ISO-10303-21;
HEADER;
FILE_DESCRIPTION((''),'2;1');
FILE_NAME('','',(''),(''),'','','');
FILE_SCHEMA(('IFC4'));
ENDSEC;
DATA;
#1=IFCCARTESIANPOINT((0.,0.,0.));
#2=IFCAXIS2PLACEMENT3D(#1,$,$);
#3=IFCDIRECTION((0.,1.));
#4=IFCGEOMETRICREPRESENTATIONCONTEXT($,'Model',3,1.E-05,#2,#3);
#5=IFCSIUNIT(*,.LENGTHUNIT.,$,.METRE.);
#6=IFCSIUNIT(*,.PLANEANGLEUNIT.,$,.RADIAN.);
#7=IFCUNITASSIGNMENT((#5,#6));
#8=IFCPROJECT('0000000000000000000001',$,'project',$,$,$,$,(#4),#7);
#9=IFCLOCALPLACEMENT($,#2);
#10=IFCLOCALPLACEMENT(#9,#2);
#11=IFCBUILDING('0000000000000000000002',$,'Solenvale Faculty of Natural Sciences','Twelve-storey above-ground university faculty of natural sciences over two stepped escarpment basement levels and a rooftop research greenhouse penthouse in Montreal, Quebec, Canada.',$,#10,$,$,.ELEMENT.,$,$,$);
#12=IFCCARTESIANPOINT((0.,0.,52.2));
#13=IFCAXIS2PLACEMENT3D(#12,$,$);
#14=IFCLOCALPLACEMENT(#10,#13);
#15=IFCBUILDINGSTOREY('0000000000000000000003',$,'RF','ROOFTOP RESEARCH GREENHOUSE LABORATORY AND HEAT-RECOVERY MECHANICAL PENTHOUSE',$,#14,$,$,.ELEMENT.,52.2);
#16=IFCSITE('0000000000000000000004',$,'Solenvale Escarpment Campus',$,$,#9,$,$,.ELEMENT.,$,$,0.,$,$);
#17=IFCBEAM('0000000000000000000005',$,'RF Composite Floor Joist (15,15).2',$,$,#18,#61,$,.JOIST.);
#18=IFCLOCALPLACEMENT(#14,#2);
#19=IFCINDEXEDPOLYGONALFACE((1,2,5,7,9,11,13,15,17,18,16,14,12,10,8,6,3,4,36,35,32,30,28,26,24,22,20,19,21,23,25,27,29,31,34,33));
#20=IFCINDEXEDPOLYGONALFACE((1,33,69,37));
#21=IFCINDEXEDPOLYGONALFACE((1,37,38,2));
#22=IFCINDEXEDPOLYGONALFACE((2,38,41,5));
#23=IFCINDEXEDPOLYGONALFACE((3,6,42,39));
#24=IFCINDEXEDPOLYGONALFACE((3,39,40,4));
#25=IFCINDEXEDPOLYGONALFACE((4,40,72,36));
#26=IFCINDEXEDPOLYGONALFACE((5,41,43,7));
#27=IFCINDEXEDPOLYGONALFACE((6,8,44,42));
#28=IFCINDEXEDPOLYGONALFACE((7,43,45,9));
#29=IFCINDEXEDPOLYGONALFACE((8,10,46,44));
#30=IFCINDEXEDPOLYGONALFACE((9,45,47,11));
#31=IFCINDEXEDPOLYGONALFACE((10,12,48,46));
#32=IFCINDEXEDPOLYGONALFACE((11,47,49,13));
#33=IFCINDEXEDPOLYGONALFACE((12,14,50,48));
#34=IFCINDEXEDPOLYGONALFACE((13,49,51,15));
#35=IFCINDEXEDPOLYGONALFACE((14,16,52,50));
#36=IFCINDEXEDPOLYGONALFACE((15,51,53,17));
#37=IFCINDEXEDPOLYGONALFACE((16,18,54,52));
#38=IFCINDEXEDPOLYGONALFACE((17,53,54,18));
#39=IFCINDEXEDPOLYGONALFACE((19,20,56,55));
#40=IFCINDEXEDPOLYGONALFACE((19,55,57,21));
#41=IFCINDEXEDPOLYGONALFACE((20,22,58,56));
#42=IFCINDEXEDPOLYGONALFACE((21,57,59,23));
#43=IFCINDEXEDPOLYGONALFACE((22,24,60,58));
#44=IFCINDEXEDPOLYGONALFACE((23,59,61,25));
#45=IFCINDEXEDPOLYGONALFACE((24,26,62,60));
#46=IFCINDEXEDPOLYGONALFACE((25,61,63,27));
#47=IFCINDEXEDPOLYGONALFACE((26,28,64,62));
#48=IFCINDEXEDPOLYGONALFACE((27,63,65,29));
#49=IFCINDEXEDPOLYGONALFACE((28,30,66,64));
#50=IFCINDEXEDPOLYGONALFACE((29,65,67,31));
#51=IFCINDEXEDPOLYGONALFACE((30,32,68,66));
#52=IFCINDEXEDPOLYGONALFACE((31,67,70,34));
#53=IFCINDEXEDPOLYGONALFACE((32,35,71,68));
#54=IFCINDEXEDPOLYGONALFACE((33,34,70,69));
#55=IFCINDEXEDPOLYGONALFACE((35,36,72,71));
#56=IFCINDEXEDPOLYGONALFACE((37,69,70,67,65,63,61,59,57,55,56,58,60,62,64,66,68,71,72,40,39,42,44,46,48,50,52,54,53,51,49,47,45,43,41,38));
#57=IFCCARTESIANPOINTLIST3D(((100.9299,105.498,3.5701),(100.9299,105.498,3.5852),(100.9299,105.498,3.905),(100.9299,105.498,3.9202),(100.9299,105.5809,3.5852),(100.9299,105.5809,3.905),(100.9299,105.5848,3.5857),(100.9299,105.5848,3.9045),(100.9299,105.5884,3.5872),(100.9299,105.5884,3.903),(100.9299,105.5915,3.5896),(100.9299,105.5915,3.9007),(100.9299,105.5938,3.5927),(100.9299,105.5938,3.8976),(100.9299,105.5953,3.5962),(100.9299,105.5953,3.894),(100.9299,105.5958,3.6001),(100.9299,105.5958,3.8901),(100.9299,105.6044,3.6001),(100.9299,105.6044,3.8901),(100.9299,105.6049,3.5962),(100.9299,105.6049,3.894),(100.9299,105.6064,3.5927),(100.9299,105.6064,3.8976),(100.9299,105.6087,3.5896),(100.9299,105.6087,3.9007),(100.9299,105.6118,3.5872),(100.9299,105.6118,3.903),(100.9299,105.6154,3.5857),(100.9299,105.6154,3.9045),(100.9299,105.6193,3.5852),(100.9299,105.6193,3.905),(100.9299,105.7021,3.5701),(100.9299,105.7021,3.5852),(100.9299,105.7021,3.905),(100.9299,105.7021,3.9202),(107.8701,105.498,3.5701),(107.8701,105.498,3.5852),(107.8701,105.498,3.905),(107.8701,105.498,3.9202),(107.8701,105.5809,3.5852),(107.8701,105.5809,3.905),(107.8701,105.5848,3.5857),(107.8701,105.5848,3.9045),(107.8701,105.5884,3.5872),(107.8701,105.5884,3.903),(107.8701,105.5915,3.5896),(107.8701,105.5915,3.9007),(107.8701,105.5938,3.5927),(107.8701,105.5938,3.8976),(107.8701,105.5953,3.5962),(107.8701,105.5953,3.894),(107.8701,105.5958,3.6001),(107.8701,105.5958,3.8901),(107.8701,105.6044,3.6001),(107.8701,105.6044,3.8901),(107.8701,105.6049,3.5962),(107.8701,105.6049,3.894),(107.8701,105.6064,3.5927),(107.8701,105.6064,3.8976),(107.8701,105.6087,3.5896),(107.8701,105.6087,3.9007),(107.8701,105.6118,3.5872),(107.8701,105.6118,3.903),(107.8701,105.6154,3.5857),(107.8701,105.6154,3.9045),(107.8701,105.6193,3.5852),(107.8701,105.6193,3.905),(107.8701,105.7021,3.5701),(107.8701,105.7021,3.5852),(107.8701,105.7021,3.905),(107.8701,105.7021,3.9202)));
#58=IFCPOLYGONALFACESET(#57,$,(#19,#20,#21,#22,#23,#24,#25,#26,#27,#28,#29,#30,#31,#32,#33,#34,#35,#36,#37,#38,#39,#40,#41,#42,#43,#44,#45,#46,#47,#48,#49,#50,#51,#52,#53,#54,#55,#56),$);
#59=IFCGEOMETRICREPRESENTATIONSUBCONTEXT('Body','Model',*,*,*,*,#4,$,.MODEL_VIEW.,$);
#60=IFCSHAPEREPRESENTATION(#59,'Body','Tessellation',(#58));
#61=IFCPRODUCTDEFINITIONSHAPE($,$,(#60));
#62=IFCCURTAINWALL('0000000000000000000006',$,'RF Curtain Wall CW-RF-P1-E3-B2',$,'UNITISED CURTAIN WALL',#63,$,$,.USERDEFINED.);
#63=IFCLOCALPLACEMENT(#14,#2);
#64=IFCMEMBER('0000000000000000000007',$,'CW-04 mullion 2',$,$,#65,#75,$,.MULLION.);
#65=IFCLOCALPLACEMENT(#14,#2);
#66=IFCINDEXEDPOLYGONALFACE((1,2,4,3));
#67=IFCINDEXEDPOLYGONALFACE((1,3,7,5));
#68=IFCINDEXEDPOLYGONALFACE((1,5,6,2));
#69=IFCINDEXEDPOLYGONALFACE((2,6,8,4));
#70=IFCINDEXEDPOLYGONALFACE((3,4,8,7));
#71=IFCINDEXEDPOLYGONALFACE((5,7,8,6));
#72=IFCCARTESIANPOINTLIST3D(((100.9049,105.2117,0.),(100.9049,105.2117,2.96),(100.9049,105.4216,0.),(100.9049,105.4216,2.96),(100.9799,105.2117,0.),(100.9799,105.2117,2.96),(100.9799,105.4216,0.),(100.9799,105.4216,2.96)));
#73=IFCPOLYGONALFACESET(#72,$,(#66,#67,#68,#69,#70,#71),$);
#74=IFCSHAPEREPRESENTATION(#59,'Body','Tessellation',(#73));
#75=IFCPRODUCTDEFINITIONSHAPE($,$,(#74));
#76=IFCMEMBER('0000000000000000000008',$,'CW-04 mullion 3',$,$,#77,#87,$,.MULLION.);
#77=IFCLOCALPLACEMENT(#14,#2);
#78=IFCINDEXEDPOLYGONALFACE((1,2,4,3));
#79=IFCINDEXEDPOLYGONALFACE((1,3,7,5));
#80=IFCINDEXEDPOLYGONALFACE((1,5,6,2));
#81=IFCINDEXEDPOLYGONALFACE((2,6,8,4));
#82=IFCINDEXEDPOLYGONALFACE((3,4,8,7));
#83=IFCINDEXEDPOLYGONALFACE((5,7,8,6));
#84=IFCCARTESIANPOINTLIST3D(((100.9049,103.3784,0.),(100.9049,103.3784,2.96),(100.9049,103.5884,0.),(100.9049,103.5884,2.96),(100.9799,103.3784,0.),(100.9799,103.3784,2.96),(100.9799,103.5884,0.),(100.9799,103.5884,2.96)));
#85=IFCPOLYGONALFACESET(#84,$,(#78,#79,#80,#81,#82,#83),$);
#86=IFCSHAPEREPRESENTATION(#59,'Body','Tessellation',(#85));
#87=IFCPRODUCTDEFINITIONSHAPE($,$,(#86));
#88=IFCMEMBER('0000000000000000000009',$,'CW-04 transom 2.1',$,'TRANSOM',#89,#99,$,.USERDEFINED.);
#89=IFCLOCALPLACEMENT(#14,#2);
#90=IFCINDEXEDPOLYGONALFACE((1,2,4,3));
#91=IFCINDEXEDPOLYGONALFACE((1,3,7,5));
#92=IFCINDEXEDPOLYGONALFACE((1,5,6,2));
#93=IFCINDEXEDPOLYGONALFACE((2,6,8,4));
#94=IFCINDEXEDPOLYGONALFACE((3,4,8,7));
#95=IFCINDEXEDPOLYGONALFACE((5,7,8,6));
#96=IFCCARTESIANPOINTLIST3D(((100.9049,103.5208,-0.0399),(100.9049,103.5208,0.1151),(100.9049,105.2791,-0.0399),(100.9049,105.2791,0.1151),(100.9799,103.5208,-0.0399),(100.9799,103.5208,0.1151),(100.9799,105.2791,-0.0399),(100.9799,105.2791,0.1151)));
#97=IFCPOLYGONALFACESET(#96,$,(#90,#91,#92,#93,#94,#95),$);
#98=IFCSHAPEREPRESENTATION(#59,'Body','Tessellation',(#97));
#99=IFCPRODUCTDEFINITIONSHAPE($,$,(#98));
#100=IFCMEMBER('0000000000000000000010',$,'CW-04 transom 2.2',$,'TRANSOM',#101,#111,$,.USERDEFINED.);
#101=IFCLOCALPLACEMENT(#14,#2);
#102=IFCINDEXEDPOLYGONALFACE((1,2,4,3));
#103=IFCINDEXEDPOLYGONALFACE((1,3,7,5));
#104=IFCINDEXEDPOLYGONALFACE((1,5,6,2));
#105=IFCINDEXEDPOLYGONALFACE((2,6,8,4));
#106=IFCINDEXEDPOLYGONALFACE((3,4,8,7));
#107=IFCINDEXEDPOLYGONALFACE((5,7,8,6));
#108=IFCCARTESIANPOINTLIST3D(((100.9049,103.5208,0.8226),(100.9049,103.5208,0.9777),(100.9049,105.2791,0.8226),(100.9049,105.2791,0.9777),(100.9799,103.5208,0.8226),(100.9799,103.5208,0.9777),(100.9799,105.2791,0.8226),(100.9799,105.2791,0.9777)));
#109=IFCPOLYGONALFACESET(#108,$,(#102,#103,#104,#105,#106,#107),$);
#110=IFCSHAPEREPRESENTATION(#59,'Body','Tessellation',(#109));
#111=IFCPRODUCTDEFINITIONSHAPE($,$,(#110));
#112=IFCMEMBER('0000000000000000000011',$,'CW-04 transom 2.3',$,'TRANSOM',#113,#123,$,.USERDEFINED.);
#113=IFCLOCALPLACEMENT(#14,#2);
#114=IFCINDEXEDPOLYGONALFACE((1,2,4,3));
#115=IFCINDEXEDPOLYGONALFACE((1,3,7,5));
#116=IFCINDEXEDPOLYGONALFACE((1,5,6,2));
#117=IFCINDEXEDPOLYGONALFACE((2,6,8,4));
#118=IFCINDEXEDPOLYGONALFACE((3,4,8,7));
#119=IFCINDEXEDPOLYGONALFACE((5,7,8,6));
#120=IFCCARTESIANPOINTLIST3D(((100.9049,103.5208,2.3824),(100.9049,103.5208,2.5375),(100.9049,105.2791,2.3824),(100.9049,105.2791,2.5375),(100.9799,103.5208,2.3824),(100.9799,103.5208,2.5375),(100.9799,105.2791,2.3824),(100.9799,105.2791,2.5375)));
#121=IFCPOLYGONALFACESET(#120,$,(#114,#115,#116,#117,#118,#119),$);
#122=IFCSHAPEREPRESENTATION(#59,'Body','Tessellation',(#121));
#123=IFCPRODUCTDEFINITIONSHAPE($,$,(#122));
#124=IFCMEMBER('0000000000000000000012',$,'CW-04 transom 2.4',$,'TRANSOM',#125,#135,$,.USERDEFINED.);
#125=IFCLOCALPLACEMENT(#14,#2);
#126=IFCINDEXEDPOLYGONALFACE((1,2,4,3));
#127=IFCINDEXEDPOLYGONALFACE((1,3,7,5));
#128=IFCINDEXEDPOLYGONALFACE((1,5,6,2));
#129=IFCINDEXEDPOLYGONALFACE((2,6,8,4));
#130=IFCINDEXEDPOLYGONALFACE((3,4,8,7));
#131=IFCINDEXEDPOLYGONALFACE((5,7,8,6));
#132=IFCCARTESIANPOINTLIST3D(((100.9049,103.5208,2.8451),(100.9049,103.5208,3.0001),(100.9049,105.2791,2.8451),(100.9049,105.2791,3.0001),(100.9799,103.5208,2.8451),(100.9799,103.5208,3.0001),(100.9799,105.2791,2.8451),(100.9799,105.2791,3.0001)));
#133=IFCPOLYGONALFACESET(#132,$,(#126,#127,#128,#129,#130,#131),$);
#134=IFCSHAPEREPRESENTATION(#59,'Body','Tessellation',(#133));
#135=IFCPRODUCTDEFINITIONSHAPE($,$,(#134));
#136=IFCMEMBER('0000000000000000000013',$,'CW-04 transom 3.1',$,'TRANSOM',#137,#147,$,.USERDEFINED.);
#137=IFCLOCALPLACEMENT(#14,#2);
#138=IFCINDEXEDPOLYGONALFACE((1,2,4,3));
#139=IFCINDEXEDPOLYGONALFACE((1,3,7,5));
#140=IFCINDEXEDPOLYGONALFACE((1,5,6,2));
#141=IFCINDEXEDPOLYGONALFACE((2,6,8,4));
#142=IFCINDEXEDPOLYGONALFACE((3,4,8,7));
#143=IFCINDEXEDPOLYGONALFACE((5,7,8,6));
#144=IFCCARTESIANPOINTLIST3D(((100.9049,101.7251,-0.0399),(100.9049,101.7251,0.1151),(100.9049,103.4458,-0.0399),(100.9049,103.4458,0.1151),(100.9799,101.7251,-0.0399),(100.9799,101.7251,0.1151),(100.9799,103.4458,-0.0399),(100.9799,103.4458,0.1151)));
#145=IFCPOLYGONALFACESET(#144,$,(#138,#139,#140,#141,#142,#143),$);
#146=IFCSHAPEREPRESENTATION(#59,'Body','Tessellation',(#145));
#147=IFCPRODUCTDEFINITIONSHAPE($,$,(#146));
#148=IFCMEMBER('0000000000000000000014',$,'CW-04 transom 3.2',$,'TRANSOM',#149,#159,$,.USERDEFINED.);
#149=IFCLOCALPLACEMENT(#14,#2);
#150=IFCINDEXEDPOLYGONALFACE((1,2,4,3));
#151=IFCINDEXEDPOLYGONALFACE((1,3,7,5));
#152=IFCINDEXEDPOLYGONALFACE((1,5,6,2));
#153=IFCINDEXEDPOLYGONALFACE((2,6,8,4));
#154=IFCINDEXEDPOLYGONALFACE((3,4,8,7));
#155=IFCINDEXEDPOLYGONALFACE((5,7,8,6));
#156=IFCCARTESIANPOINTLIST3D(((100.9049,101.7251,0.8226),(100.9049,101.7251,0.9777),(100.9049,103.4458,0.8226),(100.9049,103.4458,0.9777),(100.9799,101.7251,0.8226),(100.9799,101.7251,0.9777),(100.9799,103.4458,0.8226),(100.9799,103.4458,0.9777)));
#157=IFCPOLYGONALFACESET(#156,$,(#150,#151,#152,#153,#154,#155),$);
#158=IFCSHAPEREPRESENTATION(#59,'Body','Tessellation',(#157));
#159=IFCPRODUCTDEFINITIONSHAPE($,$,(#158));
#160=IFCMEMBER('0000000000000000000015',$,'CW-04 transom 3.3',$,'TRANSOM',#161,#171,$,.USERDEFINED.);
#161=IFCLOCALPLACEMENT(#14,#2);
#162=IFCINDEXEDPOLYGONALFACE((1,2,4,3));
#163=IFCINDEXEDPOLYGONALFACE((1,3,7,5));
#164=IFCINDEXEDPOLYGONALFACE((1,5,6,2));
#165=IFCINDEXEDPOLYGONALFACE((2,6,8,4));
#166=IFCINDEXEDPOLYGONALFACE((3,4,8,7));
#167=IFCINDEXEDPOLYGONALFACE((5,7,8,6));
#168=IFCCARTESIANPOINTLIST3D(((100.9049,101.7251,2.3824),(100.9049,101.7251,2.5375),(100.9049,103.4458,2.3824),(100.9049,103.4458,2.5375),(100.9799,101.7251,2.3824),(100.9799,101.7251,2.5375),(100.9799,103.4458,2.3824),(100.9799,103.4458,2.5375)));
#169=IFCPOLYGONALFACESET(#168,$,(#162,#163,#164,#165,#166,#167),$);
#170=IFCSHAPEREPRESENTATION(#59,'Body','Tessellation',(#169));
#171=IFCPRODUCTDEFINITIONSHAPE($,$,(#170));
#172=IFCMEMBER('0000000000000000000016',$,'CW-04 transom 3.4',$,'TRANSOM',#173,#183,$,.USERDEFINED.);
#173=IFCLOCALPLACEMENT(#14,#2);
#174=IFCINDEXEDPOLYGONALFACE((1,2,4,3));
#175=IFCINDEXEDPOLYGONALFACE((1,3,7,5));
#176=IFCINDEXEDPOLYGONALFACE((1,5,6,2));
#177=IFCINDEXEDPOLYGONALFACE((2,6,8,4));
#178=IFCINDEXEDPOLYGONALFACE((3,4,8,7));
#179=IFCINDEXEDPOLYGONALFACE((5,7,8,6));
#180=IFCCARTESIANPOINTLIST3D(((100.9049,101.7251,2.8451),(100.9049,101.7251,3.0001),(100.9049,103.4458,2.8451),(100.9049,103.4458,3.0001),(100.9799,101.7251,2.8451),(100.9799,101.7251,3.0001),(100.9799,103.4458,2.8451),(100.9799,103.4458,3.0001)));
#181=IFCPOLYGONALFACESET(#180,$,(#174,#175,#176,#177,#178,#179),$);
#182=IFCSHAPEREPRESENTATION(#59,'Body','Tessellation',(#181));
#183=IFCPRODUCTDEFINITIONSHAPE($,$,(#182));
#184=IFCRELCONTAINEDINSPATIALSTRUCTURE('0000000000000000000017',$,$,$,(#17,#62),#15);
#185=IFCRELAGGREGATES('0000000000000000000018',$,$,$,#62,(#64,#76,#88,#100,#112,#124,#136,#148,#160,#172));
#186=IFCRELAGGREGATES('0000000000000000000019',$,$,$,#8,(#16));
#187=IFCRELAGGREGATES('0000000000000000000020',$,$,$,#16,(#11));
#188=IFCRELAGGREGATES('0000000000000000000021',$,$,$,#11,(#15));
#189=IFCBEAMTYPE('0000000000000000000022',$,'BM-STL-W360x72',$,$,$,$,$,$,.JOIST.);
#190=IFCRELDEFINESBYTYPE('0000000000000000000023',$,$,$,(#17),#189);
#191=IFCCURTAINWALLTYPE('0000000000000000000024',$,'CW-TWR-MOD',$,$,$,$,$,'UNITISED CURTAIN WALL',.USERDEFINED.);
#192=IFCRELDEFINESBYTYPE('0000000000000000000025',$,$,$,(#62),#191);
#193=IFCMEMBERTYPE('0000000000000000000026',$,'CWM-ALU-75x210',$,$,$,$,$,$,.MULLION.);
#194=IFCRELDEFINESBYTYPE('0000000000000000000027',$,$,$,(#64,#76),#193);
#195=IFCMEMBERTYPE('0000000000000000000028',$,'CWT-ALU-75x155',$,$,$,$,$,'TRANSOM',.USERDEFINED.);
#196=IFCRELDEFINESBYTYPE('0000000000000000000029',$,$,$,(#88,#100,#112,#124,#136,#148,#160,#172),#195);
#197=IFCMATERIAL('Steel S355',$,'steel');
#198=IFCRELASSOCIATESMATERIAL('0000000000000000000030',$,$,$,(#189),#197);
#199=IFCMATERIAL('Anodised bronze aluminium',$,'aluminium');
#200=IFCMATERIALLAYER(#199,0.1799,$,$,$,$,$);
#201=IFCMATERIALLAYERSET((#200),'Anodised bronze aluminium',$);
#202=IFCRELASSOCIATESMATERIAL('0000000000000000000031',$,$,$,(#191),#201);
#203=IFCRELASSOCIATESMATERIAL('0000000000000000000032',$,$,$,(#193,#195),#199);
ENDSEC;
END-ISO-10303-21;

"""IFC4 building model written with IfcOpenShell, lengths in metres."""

from ifc_helpers import new_model, si_unit, direction, frame, origin, origin_2d, place, context, subcontext, project, spatial, rectangle, i_section, extrude, material, layer, layer_set, material_profile, profile_set, type_object, element, aggregate, save


model = new_model("IFC4")

# Units and contexts
model_context = context("Model", 3, precision=1e-05, world=origin(), true_north=direction((0.0, 1.0)))
body_context = subcontext(model_context, "Body", "Model", "MODEL_VIEW")
ifc_project = project(units=[si_unit("LENGTHUNIT", "METRE"), si_unit("PLANEANGLEUNIT", "RADIAN")], contexts=[model_context])

# Site, building, storey
site_placement = place(None, origin())
site = spatial("IfcSite", under=ifc_project, at=site_placement, Name="Solenvale Escarpment Campus", CompositionType="ELEMENT", RefElevation=0.0)
building_placement = place(site_placement, origin())
building = spatial("IfcBuilding", under=site, at=building_placement, Name="Solenvale Faculty of Natural Sciences", Description="Twelve-storey above-ground university faculty of natural sciences over two stepped escarpment basement levels and a rooftop research greenhouse penthouse in Montreal, Quebec, Canada.", CompositionType="ELEMENT")
storey_placement = place(building_placement, frame((0.0, 0.0, 52.2)))
storey = spatial("IfcBuildingStorey", under=building, at=storey_placement, Name="RF", Description="ROOFTOP RESEARCH GREENHOUSE LABORATORY AND HEAT-RECOVERY MECHANICAL PENTHOUSE", CompositionType="ELEMENT", Elevation=52.2)

# Beam
ifc_material_1 = material(Name="Steel S355", Category="steel")
ifc_material_profile_1 = material_profile(ifc_material_1, i_section(OverallWidth=0.2041, OverallDepth=0.3501, WebThickness=0.0085, FlangeThickness=0.0151, FilletRadius=0.0149, at=origin_2d()), Name="W360x72")
ifc_profile_set_1 = profile_set([ifc_material_profile_1], Name="Steel S355")
beam_type = type_object("IfcBeamType", Name="BM-STL-W360x72", PredefinedType="JOIST", material=ifc_profile_set_1)
beam_placement = place(storey_placement, frame((100.9299, 105.6001, 3.7451), z_axis=(1.0, 0.0, 0.0), x_axis=(0.0, 1.0, 0.0)))
element("IfcBeam", 1, at=beam_placement, inside=storey, type_object=beam_type, Name="RF Composite Floor Joist (15,15).2", PredefinedType="JOIST", context=body_context, shape_type="SweptSolid", body=[
    extrude(i_section(OverallWidth=0.2041, OverallDepth=0.3501, WebThickness=0.0085, FlangeThickness=0.0151, FilletRadius=0.0149, at=origin_2d()), origin(), (0.0, 0.0, 1.0), 6.9402),
])

# Curtain wall, members
ifc_material_2 = material(Name="Anodised bronze aluminium", Category="aluminium")
ifc_layer_1 = layer(ifc_material_2, 0.1799)
ifc_layer_set_1 = layer_set([ifc_layer_1], Name="Anodised bronze aluminium")
curtain_wall_type = type_object("IfcCurtainWallType", Name="CW-TWR-MOD", ElementType="UNITISED CURTAIN WALL", PredefinedType="USERDEFINED", material=ifc_layer_set_1)
curtain_wall_placement = place(storey_placement, origin())
curtain_wall = element("IfcCurtainWall", 2, at=curtain_wall_placement, inside=storey, type_object=curtain_wall_type, Name="RF Curtain Wall CW-RF-P1-E3-B2", ObjectType="UNITISED CURTAIN WALL", PredefinedType="USERDEFINED")
ifc_material_profile_2 = material_profile(ifc_material_2, rectangle(XDim=0.075, YDim=0.21, at=origin_2d()), Name="ALU-MUL-75x210")
ifc_profile_set_2 = profile_set([ifc_material_profile_2], Name="Anodised bronze aluminium")
member_type_1 = type_object("IfcMemberType", Name="CWM-ALU-75x210", PredefinedType="MULLION", material=ifc_profile_set_2)
member_1_placement = place(storey_placement, frame((100.9424, 105.3167, 0.0), z_axis=(0.0, 0.0, 1.0), x_axis=(1.0, 0.0, 0.0)))
member_1 = element("IfcMember", 3, at=member_1_placement, type_object=member_type_1, Name="CW-04 mullion 2", PredefinedType="MULLION", context=body_context, shape_type="SweptSolid", body=[
    extrude(rectangle(XDim=0.075, YDim=0.21, at=origin_2d()), origin(), (0.0, 0.0, 1.0), 2.96),
])
member_2_placement = place(storey_placement, frame((100.9424, 103.4834, 0.0), z_axis=(0.0, 0.0, 1.0), x_axis=(1.0, 0.0, 0.0)))
member_2 = element("IfcMember", 4, at=member_2_placement, type_object=member_type_1, Name="CW-04 mullion 3", PredefinedType="MULLION", context=body_context, shape_type="SweptSolid", body=[
    extrude(rectangle(XDim=0.075, YDim=0.21, at=origin_2d()), origin(), (0.0, 0.0, 1.0), 2.96),
])
ifc_material_profile_3 = material_profile(ifc_material_2, rectangle(XDim=0.075, YDim=0.155, at=origin_2d()), Name="ALU-TRN-75x155")
ifc_profile_set_3 = profile_set([ifc_material_profile_3], Name="Anodised bronze aluminium")
member_type_2 = type_object("IfcMemberType", Name="CWT-ALU-75x155", ElementType="TRANSOM", PredefinedType="USERDEFINED", material=ifc_profile_set_3)
member_3_placement = place(storey_placement, frame((100.9424, 105.2791, 0.0376), z_axis=(0.0, -1.0, 0.0), x_axis=(1.0, 0.0, 0.0)))
member_3 = element("IfcMember", 5, at=member_3_placement, type_object=member_type_2, Name="CW-04 transom 2.1", ObjectType="TRANSOM", PredefinedType="USERDEFINED", context=body_context, shape_type="SweptSolid", body=[
    extrude(rectangle(XDim=0.075, YDim=0.155, at=origin_2d()), origin(), (0.0, 0.0, 1.0), 1.7583),
])
member_4_placement = place(storey_placement, frame((100.9424, 105.2791, 0.9001), z_axis=(0.0, -1.0, 0.0), x_axis=(1.0, 0.0, 0.0)))
member_4 = element("IfcMember", 6, at=member_4_placement, type_object=member_type_2, Name="CW-04 transom 2.2", ObjectType="TRANSOM", PredefinedType="USERDEFINED", context=body_context, shape_type="SweptSolid", body=[
    extrude(rectangle(XDim=0.075, YDim=0.155, at=origin_2d()), origin(), (0.0, 0.0, 1.0), 1.7583),
])
member_5_placement = place(storey_placement, frame((100.9424, 105.2791, 2.46), z_axis=(0.0, -1.0, 0.0), x_axis=(1.0, 0.0, 0.0)))
member_5 = element("IfcMember", 7, at=member_5_placement, type_object=member_type_2, Name="CW-04 transom 2.3", ObjectType="TRANSOM", PredefinedType="USERDEFINED", context=body_context, shape_type="SweptSolid", body=[
    extrude(rectangle(XDim=0.075, YDim=0.155, at=origin_2d()), origin(), (0.0, 0.0, 1.0), 1.7583),
])
member_6_placement = place(storey_placement, frame((100.9424, 105.2791, 2.9226), z_axis=(0.0, -1.0, 0.0), x_axis=(1.0, 0.0, 0.0)))
member_6 = element("IfcMember", 8, at=member_6_placement, type_object=member_type_2, Name="CW-04 transom 2.4", ObjectType="TRANSOM", PredefinedType="USERDEFINED", context=body_context, shape_type="SweptSolid", body=[
    extrude(rectangle(XDim=0.075, YDim=0.155, at=origin_2d()), origin(), (0.0, 0.0, 1.0), 1.7583),
])
member_7_placement = place(storey_placement, frame((100.9424, 103.4458, 0.0376), z_axis=(0.0, -1.0, 0.0), x_axis=(1.0, 0.0, 0.0)))
member_7 = element("IfcMember", 9, at=member_7_placement, type_object=member_type_2, Name="CW-04 transom 3.1", ObjectType="TRANSOM", PredefinedType="USERDEFINED", context=body_context, shape_type="SweptSolid", body=[
    extrude(rectangle(XDim=0.075, YDim=0.155, at=origin_2d()), origin(), (0.0, 0.0, 1.0), 1.7207),
])
member_8_placement = place(storey_placement, frame((100.9424, 103.4458, 0.9001), z_axis=(0.0, -1.0, 0.0), x_axis=(1.0, 0.0, 0.0)))
member_8 = element("IfcMember", 10, at=member_8_placement, type_object=member_type_2, Name="CW-04 transom 3.2", ObjectType="TRANSOM", PredefinedType="USERDEFINED", context=body_context, shape_type="SweptSolid", body=[
    extrude(rectangle(XDim=0.075, YDim=0.155, at=origin_2d()), origin(), (0.0, 0.0, 1.0), 1.7207),
])
member_9_placement = place(storey_placement, frame((100.9424, 103.4458, 2.46), z_axis=(0.0, -1.0, 0.0), x_axis=(1.0, 0.0, 0.0)))
member_9 = element("IfcMember", 11, at=member_9_placement, type_object=member_type_2, Name="CW-04 transom 3.3", ObjectType="TRANSOM", PredefinedType="USERDEFINED", context=body_context, shape_type="SweptSolid", body=[
    extrude(rectangle(XDim=0.075, YDim=0.155, at=origin_2d()), origin(), (0.0, 0.0, 1.0), 1.7207),
])
member_10_placement = place(storey_placement, frame((100.9424, 103.4458, 2.9226), z_axis=(0.0, -1.0, 0.0), x_axis=(1.0, 0.0, 0.0)))
member_10 = element("IfcMember", 12, at=member_10_placement, type_object=member_type_2, Name="CW-04 transom 3.4", ObjectType="TRANSOM", PredefinedType="USERDEFINED", context=body_context, shape_type="SweptSolid", body=[
    extrude(rectangle(XDim=0.075, YDim=0.155, at=origin_2d()), origin(), (0.0, 0.0, 1.0), 1.7207),
])
aggregate(curtain_wall, [member_1, member_2, member_3, member_4, member_5, member_6, member_7, member_8, member_9, member_10])

save(model, "model.ifc")
